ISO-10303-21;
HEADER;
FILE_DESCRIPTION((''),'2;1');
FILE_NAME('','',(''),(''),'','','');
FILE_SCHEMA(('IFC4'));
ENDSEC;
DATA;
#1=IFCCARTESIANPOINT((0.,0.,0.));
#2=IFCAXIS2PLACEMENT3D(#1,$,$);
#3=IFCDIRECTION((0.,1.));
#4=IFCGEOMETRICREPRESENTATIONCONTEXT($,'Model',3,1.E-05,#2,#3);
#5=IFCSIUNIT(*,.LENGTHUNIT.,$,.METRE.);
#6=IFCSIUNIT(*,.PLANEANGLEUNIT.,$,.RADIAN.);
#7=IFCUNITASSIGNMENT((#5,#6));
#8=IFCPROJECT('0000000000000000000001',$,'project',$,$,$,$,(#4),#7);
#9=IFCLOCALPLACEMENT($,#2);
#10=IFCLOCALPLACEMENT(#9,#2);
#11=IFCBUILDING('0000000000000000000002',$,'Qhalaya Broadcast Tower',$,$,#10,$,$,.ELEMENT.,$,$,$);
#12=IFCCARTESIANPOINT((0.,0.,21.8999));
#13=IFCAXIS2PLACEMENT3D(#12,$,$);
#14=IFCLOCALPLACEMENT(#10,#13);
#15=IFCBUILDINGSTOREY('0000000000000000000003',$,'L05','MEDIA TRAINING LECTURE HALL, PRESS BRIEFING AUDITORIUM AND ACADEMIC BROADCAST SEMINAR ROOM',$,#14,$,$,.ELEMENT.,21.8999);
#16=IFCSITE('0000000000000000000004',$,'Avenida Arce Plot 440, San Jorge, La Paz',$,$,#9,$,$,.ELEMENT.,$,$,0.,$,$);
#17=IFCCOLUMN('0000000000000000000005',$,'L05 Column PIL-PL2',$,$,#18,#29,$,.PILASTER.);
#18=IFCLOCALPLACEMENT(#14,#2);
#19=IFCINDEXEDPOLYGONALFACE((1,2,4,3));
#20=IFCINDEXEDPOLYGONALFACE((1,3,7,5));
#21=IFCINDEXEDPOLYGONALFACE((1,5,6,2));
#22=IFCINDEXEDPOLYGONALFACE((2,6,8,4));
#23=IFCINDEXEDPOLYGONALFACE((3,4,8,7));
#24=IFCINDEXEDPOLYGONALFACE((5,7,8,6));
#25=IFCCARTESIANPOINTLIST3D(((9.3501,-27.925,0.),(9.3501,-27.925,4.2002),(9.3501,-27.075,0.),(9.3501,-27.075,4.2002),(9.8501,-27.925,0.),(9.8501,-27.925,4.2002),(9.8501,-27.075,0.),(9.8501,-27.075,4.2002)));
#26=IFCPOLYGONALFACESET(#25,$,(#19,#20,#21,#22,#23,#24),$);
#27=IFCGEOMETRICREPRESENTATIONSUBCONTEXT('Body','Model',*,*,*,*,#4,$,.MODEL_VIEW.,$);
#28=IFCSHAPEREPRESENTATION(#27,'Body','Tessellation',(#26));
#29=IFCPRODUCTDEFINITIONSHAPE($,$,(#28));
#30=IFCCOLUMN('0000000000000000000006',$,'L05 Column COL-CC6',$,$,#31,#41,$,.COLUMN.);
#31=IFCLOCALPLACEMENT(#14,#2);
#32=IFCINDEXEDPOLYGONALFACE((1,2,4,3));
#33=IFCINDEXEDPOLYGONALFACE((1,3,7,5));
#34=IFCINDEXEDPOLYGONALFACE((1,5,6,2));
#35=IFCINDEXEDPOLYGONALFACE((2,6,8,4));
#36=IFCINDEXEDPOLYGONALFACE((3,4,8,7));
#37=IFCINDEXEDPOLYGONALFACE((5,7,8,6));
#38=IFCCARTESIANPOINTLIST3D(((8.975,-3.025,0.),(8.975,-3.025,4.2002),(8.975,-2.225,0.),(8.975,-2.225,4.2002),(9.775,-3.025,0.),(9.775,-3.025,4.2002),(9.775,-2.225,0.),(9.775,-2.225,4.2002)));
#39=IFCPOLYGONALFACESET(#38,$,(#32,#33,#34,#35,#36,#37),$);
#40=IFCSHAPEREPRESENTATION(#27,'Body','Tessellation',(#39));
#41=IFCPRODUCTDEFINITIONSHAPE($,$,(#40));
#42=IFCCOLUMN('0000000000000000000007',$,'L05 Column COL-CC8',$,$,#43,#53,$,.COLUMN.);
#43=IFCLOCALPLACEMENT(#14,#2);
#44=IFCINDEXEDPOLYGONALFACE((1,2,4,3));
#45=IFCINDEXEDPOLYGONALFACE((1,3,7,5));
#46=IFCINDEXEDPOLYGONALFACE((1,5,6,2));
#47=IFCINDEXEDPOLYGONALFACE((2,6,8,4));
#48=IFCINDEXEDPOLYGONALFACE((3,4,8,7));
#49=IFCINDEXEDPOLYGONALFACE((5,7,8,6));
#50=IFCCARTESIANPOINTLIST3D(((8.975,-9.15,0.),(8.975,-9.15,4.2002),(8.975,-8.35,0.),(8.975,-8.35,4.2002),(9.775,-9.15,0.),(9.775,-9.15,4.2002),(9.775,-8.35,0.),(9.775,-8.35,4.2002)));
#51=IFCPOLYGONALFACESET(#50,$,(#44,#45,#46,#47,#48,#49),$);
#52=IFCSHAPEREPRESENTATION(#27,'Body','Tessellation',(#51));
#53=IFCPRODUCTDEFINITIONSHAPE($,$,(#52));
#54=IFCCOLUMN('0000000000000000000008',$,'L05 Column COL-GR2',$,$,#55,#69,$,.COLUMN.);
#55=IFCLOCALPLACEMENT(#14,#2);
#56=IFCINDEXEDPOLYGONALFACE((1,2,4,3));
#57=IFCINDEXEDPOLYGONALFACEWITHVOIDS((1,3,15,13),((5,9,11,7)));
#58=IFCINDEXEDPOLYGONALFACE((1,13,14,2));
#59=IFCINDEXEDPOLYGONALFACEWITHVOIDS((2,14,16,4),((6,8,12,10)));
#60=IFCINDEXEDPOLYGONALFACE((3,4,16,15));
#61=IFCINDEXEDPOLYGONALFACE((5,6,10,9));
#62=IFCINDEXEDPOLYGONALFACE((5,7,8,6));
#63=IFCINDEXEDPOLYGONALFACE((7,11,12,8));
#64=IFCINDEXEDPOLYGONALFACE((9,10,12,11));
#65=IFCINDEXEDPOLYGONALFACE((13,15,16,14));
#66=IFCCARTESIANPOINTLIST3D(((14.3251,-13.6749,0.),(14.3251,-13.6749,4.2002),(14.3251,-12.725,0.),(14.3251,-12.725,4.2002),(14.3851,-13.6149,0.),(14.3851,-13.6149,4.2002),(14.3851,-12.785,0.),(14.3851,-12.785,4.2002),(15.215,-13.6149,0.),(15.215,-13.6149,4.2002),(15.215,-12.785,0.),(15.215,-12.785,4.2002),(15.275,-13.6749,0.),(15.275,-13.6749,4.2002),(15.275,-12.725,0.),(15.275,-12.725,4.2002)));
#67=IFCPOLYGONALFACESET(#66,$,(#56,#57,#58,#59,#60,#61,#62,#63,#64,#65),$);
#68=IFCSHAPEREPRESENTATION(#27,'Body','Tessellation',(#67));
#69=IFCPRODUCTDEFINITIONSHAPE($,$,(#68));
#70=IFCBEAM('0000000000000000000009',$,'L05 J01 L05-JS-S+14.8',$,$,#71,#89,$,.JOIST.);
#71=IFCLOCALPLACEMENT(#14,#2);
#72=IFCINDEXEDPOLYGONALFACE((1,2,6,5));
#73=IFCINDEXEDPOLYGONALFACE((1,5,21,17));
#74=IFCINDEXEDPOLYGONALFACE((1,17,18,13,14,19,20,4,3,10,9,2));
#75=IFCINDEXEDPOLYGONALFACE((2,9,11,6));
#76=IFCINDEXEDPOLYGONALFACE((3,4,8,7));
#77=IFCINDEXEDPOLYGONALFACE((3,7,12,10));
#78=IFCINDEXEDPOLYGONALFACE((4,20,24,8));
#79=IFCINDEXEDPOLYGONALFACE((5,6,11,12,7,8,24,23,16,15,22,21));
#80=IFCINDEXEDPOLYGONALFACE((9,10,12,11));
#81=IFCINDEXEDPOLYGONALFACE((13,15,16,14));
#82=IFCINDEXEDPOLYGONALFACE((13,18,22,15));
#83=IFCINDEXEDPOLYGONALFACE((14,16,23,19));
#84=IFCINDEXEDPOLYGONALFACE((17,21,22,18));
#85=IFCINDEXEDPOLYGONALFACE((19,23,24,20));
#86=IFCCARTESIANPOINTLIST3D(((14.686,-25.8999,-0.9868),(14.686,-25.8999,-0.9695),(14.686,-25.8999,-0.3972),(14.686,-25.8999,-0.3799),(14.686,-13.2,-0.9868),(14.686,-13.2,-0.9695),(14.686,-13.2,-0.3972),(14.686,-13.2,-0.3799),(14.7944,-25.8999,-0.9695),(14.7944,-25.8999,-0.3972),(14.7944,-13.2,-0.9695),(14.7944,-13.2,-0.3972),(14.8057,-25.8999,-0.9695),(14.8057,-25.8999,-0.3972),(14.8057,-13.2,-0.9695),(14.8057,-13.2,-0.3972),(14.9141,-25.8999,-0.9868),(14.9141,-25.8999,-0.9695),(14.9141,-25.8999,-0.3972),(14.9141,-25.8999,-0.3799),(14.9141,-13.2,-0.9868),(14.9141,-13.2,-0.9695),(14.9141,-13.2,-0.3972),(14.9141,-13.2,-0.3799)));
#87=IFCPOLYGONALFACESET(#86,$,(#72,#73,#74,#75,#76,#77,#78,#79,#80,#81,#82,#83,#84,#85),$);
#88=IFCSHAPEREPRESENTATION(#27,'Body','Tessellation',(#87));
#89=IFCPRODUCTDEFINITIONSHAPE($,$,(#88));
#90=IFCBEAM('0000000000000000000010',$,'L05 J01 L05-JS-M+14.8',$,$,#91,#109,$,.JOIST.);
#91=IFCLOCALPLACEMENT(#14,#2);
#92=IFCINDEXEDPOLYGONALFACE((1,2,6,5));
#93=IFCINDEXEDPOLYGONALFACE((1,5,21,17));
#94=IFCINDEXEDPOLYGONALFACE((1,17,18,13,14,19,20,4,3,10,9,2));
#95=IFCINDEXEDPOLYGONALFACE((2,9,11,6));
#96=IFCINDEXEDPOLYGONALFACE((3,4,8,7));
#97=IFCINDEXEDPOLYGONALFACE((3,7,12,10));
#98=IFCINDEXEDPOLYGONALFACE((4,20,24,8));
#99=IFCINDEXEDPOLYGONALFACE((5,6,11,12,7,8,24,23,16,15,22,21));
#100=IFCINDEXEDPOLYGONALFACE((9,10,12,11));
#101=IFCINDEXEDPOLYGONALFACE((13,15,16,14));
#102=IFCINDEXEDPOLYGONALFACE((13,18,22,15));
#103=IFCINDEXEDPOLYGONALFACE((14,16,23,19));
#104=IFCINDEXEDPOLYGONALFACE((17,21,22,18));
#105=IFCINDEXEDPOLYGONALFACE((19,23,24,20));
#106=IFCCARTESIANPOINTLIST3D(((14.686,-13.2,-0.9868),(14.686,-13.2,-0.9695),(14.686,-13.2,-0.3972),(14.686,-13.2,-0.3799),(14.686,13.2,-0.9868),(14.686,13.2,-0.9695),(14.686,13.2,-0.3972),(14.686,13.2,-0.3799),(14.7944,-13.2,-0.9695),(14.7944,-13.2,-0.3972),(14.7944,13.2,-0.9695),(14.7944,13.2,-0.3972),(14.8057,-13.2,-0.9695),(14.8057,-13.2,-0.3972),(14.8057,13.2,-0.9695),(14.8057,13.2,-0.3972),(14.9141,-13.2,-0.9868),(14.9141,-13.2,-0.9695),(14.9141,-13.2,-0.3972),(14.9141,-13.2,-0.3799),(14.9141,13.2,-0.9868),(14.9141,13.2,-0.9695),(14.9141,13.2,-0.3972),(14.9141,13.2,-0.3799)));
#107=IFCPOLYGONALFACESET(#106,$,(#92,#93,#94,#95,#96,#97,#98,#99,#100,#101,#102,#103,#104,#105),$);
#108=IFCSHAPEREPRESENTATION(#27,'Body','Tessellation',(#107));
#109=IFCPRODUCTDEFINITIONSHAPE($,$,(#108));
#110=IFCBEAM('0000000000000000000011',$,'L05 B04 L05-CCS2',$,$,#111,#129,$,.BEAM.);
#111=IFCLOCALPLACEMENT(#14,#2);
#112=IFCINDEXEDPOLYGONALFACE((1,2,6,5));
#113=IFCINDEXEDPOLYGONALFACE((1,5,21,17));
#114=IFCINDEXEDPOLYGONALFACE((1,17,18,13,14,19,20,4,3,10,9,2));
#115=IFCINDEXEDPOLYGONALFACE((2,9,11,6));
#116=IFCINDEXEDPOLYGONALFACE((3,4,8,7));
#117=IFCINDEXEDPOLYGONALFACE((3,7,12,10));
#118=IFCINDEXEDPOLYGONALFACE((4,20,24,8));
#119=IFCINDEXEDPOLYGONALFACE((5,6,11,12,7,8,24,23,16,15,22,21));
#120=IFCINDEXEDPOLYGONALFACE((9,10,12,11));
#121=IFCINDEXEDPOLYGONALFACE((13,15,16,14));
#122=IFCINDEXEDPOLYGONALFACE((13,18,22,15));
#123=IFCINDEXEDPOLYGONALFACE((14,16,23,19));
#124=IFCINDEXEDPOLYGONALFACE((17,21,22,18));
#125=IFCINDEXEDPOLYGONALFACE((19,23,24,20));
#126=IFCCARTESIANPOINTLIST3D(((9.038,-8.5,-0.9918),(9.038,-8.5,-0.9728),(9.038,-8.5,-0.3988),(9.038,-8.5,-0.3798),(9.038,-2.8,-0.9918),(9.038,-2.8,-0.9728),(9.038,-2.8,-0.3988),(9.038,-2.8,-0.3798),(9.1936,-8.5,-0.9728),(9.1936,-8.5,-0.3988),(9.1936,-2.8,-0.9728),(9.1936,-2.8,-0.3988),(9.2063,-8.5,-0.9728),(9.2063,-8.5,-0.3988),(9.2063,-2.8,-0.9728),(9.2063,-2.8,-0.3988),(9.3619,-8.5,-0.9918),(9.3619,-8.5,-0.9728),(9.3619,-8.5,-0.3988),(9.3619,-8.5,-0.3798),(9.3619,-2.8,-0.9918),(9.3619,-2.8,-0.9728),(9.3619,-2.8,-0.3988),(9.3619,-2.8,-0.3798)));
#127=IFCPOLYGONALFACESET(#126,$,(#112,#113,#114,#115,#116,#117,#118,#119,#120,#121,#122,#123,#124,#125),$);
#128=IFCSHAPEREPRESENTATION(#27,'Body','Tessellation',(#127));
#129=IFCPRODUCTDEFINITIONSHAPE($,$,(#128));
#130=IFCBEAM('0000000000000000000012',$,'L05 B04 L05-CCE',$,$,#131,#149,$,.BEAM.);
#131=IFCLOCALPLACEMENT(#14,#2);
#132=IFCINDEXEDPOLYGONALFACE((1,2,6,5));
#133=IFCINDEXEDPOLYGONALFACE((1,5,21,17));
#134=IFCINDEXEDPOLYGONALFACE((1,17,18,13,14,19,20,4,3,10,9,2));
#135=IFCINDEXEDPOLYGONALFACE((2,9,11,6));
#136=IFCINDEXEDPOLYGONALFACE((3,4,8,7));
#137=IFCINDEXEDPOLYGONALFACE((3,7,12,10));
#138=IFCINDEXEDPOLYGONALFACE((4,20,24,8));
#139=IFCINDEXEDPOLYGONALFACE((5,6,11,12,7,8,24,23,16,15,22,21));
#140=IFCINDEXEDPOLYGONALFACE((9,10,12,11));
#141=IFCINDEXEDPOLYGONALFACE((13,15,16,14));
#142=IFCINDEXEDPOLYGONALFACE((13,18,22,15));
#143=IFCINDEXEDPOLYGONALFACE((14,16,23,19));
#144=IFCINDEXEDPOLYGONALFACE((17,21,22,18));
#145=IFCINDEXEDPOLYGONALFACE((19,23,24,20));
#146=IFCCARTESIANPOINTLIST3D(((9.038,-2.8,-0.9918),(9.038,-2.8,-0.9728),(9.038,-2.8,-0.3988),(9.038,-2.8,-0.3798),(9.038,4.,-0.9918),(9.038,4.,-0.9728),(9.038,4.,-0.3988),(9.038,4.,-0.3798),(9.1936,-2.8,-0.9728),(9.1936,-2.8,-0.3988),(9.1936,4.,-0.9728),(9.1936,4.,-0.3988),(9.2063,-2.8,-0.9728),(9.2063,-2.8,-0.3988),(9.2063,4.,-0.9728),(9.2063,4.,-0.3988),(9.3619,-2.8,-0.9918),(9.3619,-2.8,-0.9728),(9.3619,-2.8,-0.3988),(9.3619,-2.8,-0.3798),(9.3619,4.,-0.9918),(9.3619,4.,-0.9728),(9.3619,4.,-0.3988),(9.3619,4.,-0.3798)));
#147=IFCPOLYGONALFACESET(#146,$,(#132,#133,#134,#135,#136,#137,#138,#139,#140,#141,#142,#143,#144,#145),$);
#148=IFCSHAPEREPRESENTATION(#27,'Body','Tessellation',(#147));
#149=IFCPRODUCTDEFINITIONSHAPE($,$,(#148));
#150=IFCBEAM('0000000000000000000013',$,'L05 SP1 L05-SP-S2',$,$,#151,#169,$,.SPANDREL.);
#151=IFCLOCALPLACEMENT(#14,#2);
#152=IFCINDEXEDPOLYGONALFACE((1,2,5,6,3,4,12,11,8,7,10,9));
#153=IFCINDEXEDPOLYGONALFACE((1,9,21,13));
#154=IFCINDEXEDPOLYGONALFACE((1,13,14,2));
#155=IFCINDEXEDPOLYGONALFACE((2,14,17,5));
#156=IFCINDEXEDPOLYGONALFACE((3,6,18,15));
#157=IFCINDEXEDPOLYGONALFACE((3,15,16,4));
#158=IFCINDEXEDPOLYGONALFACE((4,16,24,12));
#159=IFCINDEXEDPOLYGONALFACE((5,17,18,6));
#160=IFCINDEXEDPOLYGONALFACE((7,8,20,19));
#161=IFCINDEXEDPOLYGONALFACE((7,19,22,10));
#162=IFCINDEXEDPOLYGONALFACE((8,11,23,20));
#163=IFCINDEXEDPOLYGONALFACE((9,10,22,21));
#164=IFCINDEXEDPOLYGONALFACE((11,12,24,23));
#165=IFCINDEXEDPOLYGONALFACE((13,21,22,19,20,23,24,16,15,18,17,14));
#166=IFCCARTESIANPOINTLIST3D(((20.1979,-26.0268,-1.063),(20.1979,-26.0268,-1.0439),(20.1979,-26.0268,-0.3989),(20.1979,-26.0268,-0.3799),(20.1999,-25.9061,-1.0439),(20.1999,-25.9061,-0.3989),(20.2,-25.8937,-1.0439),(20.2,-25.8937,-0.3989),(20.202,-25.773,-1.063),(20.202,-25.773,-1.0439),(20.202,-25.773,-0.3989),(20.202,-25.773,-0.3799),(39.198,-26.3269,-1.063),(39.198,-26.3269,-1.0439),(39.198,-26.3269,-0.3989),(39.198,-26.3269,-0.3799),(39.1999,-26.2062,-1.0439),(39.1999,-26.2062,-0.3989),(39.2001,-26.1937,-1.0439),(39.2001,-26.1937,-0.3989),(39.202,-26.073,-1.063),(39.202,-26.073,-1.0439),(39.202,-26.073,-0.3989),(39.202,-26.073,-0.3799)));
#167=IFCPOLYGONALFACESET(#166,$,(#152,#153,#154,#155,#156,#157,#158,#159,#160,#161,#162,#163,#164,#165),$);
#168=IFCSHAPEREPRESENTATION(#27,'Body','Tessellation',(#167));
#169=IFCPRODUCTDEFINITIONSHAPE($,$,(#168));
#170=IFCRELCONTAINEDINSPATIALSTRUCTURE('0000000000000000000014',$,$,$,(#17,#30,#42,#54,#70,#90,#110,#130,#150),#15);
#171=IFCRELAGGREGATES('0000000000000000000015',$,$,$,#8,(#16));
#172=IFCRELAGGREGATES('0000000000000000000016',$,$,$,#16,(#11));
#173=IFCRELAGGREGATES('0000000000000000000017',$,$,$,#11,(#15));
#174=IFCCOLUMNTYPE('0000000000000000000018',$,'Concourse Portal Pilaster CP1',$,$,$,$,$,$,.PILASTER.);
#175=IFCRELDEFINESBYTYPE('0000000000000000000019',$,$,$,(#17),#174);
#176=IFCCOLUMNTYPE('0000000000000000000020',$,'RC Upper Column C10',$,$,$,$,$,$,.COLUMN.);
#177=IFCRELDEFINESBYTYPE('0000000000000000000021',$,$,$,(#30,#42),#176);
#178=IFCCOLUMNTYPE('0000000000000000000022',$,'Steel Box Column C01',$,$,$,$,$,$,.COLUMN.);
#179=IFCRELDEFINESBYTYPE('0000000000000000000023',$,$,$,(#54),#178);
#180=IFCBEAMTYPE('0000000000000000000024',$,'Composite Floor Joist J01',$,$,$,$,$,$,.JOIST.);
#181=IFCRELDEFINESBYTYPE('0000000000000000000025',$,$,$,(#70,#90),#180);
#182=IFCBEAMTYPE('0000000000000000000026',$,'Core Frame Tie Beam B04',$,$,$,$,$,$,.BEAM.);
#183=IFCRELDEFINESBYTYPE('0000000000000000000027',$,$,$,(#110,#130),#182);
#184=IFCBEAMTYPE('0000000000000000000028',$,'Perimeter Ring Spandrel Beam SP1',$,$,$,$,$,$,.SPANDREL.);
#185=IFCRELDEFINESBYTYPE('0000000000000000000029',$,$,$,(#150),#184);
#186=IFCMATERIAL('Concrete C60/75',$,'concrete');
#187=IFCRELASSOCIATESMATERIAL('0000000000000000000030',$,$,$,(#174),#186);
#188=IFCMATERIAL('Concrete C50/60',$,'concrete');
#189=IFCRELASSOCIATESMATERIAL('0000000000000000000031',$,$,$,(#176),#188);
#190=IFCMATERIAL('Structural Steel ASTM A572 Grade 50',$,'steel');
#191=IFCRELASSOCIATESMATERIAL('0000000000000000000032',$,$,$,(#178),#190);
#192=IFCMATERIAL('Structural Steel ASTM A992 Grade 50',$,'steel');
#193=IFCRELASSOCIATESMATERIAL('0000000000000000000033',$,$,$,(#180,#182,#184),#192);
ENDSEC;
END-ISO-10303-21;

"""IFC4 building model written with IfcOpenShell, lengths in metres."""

from ifc_helpers import new_model, si_unit, direction, frame, origin, origin_2d, place, context, subcontext, project, spatial, rectangle, hollow_rectangle, i_section, extrude, material, material_profile, profile_set, type_object, element, save


model = new_model("IFC4")

# Units and contexts
model_context = context("Model", 3, precision=1e-05, world=origin(), true_north=direction((0.0, 1.0)))
body_context = subcontext(model_context, "Body", "Model", "MODEL_VIEW")
ifc_project = project(units=[si_unit("LENGTHUNIT", "METRE"), si_unit("PLANEANGLEUNIT", "RADIAN")], contexts=[model_context])

# Site, building, storey
site_placement = place(None, origin())
site = spatial("IfcSite", under=ifc_project, at=site_placement, Name="Avenida Arce Plot 440, San Jorge, La Paz", CompositionType="ELEMENT", RefElevation=0.0)
building_placement = place(site_placement, origin())
building = spatial("IfcBuilding", under=site, at=building_placement, Name="Qhalaya Broadcast Tower", CompositionType="ELEMENT")
storey_placement = place(building_placement, frame((0.0, 0.0, 21.8999)))
storey = spatial("IfcBuildingStorey", under=building, at=storey_placement, Name="L05", Description="MEDIA TRAINING LECTURE HALL, PRESS BRIEFING AUDITORIUM AND ACADEMIC BROADCAST SEMINAR ROOM", CompositionType="ELEMENT", Elevation=21.8999)

# Columns
ifc_material_1 = material(Name="Concrete C60/75", Category="concrete")
ifc_material_profile_1 = material_profile(ifc_material_1, rectangle(XDim=0.5, YDim=0.8501, at=origin_2d()), Name="RC-PIL 500x850")
ifc_profile_set_1 = profile_set([ifc_material_profile_1], Name="Concrete C60/75")
column_type_1 = type_object("IfcColumnType", Name="Concourse Portal Pilaster CP1", PredefinedType="PILASTER", material=ifc_profile_set_1)
column_1_placement = place(storey_placement, frame((9.6001, -27.5, 0.0), z_axis=(0.0, 0.0, 1.0), x_axis=(1.0, 0.0, 0.0)))
element("IfcColumn", 1, at=column_1_placement, inside=storey, type_object=column_type_1, Name="L05 Column PIL-PL2", PredefinedType="PILASTER", context=body_context, shape_type="SweptSolid", body=[
    extrude(rectangle(XDim=0.5, YDim=0.8501, at=origin_2d()), origin(), (0.0, 0.0, 1.0), 4.2002),
])
ifc_material_2 = material(Name="Concrete C50/60", Category="concrete")
ifc_material_profile_2 = material_profile(ifc_material_2, rectangle(XDim=0.8, YDim=0.8, at=origin_2d()), Name="RC-COL 800x800")
ifc_profile_set_2 = profile_set([ifc_material_profile_2], Name="Concrete C50/60")
column_type_2 = type_object("IfcColumnType", Name="RC Upper Column C10", PredefinedType="COLUMN", material=ifc_profile_set_2)
for number, where, z_axis, x_axis, name in (
    (2, (9.375, -2.625, 0.0), (0.0, 0.0, 1.0), (1.0, 0.0, 0.0), "L05 Column COL-CC6"),
    (3, (9.375, -8.75, 0.0), (0.0, 0.0, 1.0), (1.0, 0.0, 0.0), "L05 Column COL-CC8"),
):
    element("IfcColumn", number, at=place(storey_placement, frame(where, z_axis=z_axis, x_axis=x_axis)), inside=storey, type_object=column_type_2, Name=name, PredefinedType="COLUMN", context=body_context, shape_type="SweptSolid", body=[
        extrude(rectangle(XDim=0.8, YDim=0.8, at=origin_2d()), origin(), (0.0, 0.0, 1.0), 4.2002),
    ])
ifc_material_3 = material(Name="Structural Steel ASTM A572 Grade 50", Category="steel")
ifc_material_profile_3 = material_profile(ifc_material_3, hollow_rectangle(XDim=0.95, YDim=0.95, WallThickness=0.0601, at=origin_2d()), Name="BOX 950x950x60")
ifc_profile_set_3 = profile_set([ifc_material_profile_3], Name="Structural Steel ASTM A572 Grade 50")
column_type_3 = type_object("IfcColumnType", Name="Steel Box Column C01", PredefinedType="COLUMN", material=ifc_profile_set_3)
column_2_placement = place(storey_placement, frame((14.8, -13.2, 0.0), z_axis=(0.0, 0.0, 1.0), x_axis=(1.0, 0.0, 0.0)))
element("IfcColumn", 4, at=column_2_placement, inside=storey, type_object=column_type_3, Name="L05 Column COL-GR2", PredefinedType="COLUMN", context=body_context, shape_type="SweptSolid", body=[
    extrude(hollow_rectangle(XDim=0.95, YDim=0.95, WallThickness=0.0601, at=origin_2d()), origin(), (0.0, 0.0, 1.0), 4.2002),
])

# Beams
ifc_material_4 = material(Name="Structural Steel ASTM A992 Grade 50", Category="steel")
ifc_material_profile_4 = material_profile(ifc_material_4, i_section(OverallWidth=0.228, OverallDepth=0.6069, WebThickness=0.0112, FlangeThickness=0.0173, at=origin_2d()), Name="W24X76")
ifc_profile_set_4 = profile_set([ifc_material_profile_4], Name="Structural Steel ASTM A992 Grade 50")
beam_type_1 = type_object("IfcBeamType", Name="Composite Floor Joist J01", PredefinedType="JOIST", material=ifc_profile_set_4)
beam_1_placement = place(storey_placement, frame((14.8, -25.8999, -0.6833), z_axis=(0.0, 1.0, 0.0), x_axis=(-1.0, 0.0, 0.0)))
element("IfcBeam", 5, at=beam_1_placement, inside=storey, type_object=beam_type_1, Name="L05 J01 L05-JS-S+14.8", PredefinedType="JOIST", context=body_context, shape_type="SweptSolid", body=[
    extrude(i_section(OverallWidth=0.228, OverallDepth=0.6069, WebThickness=0.0112, FlangeThickness=0.0173, at=origin_2d()), origin(), (0.0, 0.0, 1.0), 12.7),
])
beam_2_placement = place(storey_placement, frame((14.8, -13.2, -0.6833), z_axis=(0.0, 1.0, 0.0), x_axis=(-1.0, 0.0, 0.0)))
element("IfcBeam", 6, at=beam_2_placement, inside=storey, type_object=beam_type_1, Name="L05 J01 L05-JS-M+14.8", PredefinedType="JOIST", context=body_context, shape_type="SweptSolid", body=[
    extrude(i_section(OverallWidth=0.228, OverallDepth=0.6069, WebThickness=0.0112, FlangeThickness=0.0173, at=origin_2d()), origin(), (0.0, 0.0, 1.0), 26.3999),
])
ifc_material_profile_5 = material_profile(ifc_material_4, i_section(OverallWidth=0.324, OverallDepth=0.6121, WebThickness=0.0127, FlangeThickness=0.019, at=origin_2d()), Name="W24X104")
ifc_profile_set_5 = profile_set([ifc_material_profile_5], Name="Structural Steel ASTM A992 Grade 50")
beam_type_2 = type_object("IfcBeamType", Name="Core Frame Tie Beam B04", PredefinedType="BEAM", material=ifc_profile_set_5)
beam_3_placement = place(storey_placement, frame((9.2, -8.5, -0.6858), z_axis=(0.0, 1.0, 0.0), x_axis=(-1.0, 0.0, 0.0)))
element("IfcBeam", 7, at=beam_3_placement, inside=storey, type_object=beam_type_2, Name="L05 B04 L05-CCS2", PredefinedType="BEAM", context=body_context, shape_type="SweptSolid", body=[
    extrude(i_section(OverallWidth=0.324, OverallDepth=0.6121, WebThickness=0.0127, FlangeThickness=0.019, at=origin_2d()), origin(), (0.0, 0.0, 1.0), 5.7),
])
beam_4_placement = place(storey_placement, frame((9.2, -2.8, -0.6858), z_axis=(0.0, 1.0, 0.0), x_axis=(-1.0, 0.0, 0.0)))
element("IfcBeam", 8, at=beam_4_placement, inside=storey, type_object=beam_type_2, Name="L05 B04 L05-CCE", PredefinedType="BEAM", context=body_context, shape_type="SweptSolid", body=[
    extrude(i_section(OverallWidth=0.324, OverallDepth=0.6121, WebThickness=0.0127, FlangeThickness=0.019, at=origin_2d()), origin(), (0.0, 0.0, 1.0), 6.8),
])
ifc_material_profile_6 = material_profile(ifc_material_4, i_section(OverallWidth=0.2539, OverallDepth=0.6831, WebThickness=0.0125, FlangeThickness=0.019, at=origin_2d()), Name="W27X94")
ifc_profile_set_6 = profile_set([ifc_material_profile_6], Name="Structural Steel ASTM A992 Grade 50")
beam_type_3 = type_object("IfcBeamType", Name="Perimeter Ring Spandrel Beam SP1", PredefinedType="SPANDREL", material=ifc_profile_set_6)
beam_5_placement = place(storey_placement, frame((20.2, -25.8999, -0.7214), z_axis=(0.999875, -0.01579, 0.0), x_axis=(0.01579, 0.999875, 0.0)))
element("IfcBeam", 9, at=beam_5_placement, inside=storey, type_object=beam_type_3, Name="L05 SP1 L05-SP-S2", PredefinedType="SPANDREL", context=body_context, shape_type="SweptSolid", body=[
    extrude(i_section(OverallWidth=0.2539, OverallDepth=0.6831, WebThickness=0.0125, FlangeThickness=0.019, at=origin_2d()), origin(), (0.0, 0.0, 1.0), 19.0024),
])

save(model, "model.ifc")
